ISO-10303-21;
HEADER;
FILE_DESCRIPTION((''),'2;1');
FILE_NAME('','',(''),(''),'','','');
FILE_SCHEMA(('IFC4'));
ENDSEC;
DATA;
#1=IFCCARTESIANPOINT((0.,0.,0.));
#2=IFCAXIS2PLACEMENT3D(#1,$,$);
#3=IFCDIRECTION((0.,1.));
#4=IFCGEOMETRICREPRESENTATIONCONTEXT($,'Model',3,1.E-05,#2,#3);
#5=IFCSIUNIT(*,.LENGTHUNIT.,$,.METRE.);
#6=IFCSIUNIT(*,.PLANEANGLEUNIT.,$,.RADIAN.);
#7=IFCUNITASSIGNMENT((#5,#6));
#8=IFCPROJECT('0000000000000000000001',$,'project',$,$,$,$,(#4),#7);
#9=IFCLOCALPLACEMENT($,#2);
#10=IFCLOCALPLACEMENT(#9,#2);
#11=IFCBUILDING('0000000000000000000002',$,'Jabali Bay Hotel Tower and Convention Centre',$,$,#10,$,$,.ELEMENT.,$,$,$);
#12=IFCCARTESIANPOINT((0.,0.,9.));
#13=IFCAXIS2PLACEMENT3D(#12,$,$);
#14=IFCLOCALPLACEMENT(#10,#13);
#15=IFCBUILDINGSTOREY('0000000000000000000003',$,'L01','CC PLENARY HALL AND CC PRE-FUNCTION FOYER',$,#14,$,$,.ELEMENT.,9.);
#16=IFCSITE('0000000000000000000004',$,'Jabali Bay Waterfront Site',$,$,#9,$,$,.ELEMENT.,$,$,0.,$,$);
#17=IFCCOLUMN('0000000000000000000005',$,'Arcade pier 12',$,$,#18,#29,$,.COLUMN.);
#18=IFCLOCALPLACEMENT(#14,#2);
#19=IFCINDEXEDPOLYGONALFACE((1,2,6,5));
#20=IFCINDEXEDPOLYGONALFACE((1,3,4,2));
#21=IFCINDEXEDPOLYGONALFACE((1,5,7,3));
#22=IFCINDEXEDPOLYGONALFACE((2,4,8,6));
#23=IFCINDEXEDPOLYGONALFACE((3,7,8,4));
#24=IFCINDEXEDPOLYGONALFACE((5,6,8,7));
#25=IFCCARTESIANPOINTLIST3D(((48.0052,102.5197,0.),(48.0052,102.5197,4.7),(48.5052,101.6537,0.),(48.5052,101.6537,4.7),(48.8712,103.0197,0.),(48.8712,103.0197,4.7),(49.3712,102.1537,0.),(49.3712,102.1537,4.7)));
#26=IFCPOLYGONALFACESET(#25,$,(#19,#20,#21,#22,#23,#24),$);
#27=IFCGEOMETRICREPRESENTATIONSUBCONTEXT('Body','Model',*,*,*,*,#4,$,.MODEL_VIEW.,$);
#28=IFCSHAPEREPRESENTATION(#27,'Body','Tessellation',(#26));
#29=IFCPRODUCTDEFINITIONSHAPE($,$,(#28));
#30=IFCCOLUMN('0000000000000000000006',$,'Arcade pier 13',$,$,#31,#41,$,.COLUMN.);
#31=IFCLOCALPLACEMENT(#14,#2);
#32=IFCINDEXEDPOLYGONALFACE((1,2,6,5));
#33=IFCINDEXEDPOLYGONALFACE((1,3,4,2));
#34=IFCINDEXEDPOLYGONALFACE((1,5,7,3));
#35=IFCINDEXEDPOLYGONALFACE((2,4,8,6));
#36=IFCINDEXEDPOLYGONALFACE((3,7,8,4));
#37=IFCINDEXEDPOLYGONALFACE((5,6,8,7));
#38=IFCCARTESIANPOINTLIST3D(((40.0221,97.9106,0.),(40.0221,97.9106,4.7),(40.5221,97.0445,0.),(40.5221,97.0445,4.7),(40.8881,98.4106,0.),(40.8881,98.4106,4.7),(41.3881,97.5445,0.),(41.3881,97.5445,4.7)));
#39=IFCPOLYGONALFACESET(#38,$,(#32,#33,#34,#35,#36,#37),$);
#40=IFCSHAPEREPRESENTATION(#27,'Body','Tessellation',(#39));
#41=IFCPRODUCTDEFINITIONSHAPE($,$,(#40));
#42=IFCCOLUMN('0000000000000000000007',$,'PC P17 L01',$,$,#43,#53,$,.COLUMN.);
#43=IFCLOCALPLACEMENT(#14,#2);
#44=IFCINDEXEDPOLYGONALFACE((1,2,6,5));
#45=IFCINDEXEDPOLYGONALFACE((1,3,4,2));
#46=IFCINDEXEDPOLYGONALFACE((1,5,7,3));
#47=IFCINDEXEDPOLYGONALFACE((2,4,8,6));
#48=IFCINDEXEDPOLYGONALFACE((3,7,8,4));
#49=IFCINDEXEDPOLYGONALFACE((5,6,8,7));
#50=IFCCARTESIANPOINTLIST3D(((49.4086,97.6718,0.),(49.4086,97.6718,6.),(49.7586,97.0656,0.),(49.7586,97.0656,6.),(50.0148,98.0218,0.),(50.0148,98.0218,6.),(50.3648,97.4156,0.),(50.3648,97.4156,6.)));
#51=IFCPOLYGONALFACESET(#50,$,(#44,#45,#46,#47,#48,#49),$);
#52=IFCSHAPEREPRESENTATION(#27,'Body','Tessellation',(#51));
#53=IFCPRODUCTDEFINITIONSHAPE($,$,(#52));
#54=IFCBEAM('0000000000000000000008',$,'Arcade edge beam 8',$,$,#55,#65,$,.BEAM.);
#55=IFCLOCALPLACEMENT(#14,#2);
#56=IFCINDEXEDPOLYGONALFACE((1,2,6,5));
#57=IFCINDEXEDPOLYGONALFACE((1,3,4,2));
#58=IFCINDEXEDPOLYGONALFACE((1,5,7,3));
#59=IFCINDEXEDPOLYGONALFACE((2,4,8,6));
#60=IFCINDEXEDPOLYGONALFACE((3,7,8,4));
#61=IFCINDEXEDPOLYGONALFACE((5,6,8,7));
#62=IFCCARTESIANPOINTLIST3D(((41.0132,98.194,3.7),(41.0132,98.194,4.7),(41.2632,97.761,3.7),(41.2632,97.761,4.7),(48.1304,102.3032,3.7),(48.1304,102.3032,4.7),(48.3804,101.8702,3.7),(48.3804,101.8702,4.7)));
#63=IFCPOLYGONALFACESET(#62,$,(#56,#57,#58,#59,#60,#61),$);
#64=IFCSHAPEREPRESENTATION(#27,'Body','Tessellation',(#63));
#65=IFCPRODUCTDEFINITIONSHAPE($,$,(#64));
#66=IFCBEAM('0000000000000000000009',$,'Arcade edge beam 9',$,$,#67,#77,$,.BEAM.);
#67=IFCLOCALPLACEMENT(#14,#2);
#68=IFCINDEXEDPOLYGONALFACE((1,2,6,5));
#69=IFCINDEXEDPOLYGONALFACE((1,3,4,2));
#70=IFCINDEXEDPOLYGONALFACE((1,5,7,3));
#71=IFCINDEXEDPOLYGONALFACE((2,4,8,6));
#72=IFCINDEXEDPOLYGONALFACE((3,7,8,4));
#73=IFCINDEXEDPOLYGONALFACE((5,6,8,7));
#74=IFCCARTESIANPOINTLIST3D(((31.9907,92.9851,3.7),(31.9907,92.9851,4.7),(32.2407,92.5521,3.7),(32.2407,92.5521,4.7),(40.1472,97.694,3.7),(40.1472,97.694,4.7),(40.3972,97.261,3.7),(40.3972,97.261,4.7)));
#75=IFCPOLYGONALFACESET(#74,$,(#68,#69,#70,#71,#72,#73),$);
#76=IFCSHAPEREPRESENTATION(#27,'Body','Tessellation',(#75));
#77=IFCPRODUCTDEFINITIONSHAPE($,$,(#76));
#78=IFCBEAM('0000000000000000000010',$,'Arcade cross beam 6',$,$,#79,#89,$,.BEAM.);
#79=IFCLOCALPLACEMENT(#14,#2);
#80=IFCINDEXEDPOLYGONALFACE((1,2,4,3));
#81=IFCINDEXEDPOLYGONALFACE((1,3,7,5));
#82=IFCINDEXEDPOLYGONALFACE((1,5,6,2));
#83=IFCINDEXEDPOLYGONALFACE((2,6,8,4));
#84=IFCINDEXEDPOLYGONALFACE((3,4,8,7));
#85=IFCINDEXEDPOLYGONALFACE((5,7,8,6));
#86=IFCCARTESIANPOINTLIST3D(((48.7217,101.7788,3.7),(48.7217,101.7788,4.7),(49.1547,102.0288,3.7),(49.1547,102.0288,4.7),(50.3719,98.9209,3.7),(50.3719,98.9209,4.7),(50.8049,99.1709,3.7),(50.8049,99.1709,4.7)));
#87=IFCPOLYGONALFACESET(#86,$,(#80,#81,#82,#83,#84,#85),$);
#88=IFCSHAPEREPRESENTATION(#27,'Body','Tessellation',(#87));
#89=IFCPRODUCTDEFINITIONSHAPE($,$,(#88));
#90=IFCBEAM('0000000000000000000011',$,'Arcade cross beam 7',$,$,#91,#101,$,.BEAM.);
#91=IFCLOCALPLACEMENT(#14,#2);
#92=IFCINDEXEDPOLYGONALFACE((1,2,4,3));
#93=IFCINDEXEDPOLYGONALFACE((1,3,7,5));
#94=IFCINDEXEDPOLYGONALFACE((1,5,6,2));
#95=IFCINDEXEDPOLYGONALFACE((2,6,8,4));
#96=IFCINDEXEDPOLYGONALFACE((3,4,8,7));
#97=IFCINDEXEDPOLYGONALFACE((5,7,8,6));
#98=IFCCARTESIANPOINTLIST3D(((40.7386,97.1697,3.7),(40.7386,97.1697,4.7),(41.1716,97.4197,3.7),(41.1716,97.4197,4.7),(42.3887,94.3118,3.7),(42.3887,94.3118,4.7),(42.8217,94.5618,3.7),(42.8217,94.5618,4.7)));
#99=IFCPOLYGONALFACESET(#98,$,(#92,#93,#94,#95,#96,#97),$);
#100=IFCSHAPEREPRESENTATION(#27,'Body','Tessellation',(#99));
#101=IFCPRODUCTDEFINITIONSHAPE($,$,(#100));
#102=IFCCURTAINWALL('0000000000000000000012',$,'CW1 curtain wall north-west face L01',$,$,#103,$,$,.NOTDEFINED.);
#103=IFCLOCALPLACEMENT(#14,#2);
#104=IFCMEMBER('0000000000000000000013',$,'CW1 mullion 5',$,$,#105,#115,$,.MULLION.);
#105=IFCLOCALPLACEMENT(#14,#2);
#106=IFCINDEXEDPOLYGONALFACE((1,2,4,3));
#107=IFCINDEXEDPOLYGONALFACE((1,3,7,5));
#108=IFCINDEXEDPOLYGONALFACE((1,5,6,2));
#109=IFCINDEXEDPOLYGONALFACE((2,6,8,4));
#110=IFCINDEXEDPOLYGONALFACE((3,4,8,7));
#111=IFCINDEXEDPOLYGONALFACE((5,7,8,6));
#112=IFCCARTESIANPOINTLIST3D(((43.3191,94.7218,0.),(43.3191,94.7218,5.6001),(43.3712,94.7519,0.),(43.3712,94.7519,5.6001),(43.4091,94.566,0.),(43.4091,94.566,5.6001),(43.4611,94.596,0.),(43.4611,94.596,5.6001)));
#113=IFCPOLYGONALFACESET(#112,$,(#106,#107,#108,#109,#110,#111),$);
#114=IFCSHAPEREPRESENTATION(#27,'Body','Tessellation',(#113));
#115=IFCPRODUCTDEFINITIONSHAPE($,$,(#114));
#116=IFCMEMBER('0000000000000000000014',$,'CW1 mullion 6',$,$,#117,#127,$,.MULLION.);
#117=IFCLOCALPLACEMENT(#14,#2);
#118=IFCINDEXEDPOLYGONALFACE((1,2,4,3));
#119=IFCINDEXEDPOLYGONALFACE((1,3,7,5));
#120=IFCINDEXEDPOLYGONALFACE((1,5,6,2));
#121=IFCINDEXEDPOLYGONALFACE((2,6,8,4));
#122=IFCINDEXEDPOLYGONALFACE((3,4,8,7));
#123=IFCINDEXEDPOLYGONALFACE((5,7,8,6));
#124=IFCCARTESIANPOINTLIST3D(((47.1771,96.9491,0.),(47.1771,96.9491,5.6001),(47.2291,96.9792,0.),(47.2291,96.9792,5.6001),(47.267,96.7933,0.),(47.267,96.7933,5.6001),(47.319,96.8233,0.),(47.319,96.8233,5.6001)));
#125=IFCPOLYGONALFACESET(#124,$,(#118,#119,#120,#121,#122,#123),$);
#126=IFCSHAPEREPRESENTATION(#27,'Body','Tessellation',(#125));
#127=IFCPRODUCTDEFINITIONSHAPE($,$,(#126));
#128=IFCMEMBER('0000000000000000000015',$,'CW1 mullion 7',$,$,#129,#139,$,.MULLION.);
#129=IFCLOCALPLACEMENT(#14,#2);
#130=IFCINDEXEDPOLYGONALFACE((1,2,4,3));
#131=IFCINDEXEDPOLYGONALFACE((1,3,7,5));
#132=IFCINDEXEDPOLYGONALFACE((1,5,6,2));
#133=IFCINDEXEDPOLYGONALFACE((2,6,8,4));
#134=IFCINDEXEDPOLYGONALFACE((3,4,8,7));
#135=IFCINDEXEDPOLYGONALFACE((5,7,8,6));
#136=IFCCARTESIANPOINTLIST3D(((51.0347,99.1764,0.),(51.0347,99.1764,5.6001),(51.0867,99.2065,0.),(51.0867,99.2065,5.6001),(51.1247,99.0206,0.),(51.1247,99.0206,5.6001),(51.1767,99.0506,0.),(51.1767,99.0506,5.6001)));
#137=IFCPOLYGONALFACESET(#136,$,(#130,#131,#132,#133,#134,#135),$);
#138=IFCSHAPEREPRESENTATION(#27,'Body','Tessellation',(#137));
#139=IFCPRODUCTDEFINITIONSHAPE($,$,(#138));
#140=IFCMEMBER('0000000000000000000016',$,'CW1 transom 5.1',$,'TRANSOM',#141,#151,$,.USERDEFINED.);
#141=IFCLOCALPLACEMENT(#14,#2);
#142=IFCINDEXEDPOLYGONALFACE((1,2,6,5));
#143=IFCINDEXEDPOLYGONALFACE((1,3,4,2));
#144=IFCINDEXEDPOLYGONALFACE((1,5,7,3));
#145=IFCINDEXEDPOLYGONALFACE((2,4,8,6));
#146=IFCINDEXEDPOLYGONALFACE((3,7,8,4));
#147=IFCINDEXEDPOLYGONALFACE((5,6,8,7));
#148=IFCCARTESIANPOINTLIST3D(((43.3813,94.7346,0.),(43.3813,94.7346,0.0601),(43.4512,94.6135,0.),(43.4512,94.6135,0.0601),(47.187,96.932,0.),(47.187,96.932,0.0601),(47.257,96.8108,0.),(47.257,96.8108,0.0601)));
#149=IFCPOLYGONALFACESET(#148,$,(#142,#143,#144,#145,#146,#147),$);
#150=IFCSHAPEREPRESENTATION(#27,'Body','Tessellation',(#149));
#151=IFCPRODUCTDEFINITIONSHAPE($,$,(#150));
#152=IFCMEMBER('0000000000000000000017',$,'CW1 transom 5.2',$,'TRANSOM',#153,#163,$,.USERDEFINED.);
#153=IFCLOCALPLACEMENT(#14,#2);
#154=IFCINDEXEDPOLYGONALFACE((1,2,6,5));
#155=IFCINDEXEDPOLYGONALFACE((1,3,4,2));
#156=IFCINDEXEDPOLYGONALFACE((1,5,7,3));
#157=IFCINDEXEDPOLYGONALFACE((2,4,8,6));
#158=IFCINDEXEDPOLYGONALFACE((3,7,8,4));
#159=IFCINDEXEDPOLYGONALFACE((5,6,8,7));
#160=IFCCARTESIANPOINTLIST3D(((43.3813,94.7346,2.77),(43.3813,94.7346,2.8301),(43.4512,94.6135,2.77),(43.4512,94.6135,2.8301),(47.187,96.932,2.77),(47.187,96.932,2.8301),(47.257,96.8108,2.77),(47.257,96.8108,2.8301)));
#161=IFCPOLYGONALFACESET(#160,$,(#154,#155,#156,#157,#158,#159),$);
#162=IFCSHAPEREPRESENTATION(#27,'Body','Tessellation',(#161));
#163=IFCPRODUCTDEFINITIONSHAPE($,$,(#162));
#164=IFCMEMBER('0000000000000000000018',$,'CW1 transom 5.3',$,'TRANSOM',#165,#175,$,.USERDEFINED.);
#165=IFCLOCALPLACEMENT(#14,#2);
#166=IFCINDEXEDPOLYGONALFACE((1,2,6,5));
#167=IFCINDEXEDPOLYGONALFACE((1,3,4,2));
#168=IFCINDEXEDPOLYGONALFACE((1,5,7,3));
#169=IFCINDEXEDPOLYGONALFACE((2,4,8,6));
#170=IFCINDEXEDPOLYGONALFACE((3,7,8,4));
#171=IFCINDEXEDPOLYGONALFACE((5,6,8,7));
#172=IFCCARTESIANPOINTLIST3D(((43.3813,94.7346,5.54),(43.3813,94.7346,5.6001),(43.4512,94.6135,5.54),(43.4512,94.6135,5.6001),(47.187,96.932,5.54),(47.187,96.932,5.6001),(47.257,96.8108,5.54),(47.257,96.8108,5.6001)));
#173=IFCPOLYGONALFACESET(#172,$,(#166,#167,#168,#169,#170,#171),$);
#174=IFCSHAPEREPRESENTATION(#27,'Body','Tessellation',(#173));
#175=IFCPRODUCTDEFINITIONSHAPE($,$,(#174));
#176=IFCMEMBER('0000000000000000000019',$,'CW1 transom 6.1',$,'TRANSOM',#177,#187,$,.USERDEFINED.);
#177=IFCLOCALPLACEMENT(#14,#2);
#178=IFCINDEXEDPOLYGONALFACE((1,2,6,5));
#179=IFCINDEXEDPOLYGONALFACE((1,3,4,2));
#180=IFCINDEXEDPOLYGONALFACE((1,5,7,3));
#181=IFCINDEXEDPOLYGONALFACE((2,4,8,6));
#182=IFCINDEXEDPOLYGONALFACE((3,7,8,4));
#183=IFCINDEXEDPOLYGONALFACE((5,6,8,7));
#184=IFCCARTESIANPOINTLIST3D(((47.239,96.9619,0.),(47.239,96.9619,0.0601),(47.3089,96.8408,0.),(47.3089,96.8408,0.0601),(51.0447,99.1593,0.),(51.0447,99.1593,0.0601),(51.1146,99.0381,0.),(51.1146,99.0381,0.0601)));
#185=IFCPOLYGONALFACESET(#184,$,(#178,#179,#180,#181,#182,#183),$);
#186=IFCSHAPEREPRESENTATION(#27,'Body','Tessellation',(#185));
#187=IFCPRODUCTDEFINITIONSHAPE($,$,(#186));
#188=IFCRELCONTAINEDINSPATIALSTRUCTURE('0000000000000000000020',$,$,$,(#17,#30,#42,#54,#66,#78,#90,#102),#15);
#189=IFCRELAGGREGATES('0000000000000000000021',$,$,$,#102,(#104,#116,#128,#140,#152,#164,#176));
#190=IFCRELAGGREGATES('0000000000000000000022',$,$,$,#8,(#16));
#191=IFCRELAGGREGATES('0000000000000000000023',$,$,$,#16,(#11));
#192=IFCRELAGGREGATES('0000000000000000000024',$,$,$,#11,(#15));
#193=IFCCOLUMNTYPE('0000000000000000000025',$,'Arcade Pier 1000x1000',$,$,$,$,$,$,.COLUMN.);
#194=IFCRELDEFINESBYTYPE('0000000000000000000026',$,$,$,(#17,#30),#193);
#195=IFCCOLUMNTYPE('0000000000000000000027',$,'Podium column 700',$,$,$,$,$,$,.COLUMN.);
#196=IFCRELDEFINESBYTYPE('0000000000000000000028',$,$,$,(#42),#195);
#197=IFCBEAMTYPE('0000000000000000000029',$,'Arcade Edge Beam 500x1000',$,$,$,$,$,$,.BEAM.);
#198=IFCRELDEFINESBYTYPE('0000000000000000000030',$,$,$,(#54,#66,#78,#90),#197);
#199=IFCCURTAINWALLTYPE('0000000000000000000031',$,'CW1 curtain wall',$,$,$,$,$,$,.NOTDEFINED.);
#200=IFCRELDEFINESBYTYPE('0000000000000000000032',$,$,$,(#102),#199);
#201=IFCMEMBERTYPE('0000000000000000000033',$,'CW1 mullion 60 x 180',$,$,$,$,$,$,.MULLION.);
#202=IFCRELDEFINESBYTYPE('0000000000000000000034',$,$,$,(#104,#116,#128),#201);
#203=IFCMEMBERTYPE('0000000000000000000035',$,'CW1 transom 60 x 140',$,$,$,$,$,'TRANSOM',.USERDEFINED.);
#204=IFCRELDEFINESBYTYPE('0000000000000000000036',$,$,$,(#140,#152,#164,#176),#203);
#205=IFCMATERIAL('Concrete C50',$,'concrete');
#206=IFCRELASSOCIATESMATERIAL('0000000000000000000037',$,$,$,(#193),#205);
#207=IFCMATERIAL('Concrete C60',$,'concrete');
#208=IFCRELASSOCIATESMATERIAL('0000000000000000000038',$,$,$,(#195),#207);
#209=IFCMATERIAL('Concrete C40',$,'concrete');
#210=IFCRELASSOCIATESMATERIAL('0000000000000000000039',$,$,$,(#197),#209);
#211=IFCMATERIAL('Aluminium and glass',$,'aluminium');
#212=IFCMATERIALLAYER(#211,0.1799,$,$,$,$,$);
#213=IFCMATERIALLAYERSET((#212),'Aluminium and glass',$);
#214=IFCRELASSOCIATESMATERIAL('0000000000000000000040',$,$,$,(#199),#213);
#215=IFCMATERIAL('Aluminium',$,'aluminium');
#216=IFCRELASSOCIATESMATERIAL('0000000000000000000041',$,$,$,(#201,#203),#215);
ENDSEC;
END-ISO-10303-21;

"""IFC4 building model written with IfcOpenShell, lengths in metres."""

from ifc_helpers import new_model, si_unit, direction, frame, origin, origin_2d, place, context, subcontext, project, spatial, rectangle, extrude, material, layer, layer_set, material_profile, profile_set, type_object, element, aggregate, save


model = new_model("IFC4")

# Units and contexts
model_context = context("Model", 3, precision=1e-05, world=origin(), true_north=direction((0.0, 1.0)))
body_context = subcontext(model_context, "Body", "Model", "MODEL_VIEW")
ifc_project = project(units=[si_unit("LENGTHUNIT", "METRE"), si_unit("PLANEANGLEUNIT", "RADIAN")], contexts=[model_context])

# Site, building, storey
site_placement = place(None, origin())
site = spatial("IfcSite", under=ifc_project, at=site_placement, Name="Jabali Bay Waterfront Site", CompositionType="ELEMENT", RefElevation=0.0)
building_placement = place(site_placement, origin())
building = spatial("IfcBuilding", under=site, at=building_placement, Name="Jabali Bay Hotel Tower and Convention Centre", CompositionType="ELEMENT")
storey_placement = place(building_placement, frame((0.0, 0.0, 9.0)))
storey = spatial("IfcBuildingStorey", under=building, at=storey_placement, Name="L01", Description="CC PLENARY HALL AND CC PRE-FUNCTION FOYER", CompositionType="ELEMENT", Elevation=9.0)

# Columns
ifc_material_1 = material(Name="Concrete C50", Category="concrete")
ifc_material_profile_1 = material_profile(ifc_material_1, rectangle(XDim=1.0, YDim=1.0, at=origin_2d()), Name="RC 1000x1000")
ifc_profile_set_1 = profile_set([ifc_material_profile_1], Name="Concrete C50")
column_type_1 = type_object("IfcColumnType", Name="Arcade Pier 1000x1000", PredefinedType="COLUMN", material=ifc_profile_set_1)
for number, where, z_axis, x_axis, name in (
    (1, (48.6882, 102.3367, 0.0), (0.0, 0.0, 1.0), (-0.866025, -0.5, 0.0), "Arcade pier 12"),
    (2, (40.7051, 97.7275, 0.0), (0.0, 0.0, 1.0), (-0.866025, -0.5, 0.0), "Arcade pier 13"),
):
    element("IfcColumn", number, at=place(storey_placement, frame(where, z_axis=z_axis, x_axis=x_axis)), inside=storey, type_object=column_type_1, Name=name, PredefinedType="COLUMN", context=body_context, shape_type="SweptSolid", body=[
        extrude(rectangle(XDim=1.0, YDim=1.0, at=origin_2d()), origin(), (0.0, 0.0, 1.0), 4.7),
    ])
ifc_material_2 = material(Name="Concrete C60", Category="concrete")
ifc_material_profile_2 = material_profile(ifc_material_2, rectangle(XDim=0.7, YDim=0.7, at=origin_2d()), Name="Podium column 700")
ifc_profile_set_2 = profile_set([ifc_material_profile_2], Name="Concrete C60")
column_type_2 = type_object("IfcColumnType", Name="Podium column 700", PredefinedType="COLUMN", material=ifc_profile_set_2)
column_placement = place(storey_placement, frame((49.8867, 97.5437, 0.0), z_axis=(0.0, 0.0, 1.0), x_axis=(0.866025, 0.5, 0.0)))
element("IfcColumn", 3, at=column_placement, inside=storey, type_object=column_type_2, Name="PC P17 L01", PredefinedType="COLUMN", context=body_context, shape_type="SweptSolid", body=[
    extrude(rectangle(XDim=0.7, YDim=0.7, at=origin_2d()), origin(), (0.0, 0.0, 1.0), 6.0),
])

# Beams
ifc_material_3 = material(Name="Concrete C40", Category="concrete")
ifc_material_profile_3 = material_profile(ifc_material_3, rectangle(XDim=0.5, YDim=1.0, at=origin_2d()), Name="RC 500x1000")
ifc_profile_set_3 = profile_set([ifc_material_profile_3], Name="Concrete C40")
beam_type = type_object("IfcBeamType", Name="Arcade Edge Beam 500x1000", PredefinedType="BEAM", material=ifc_profile_set_3)
beam_1_placement = place(storey_placement, frame((48.2554, 102.0867, 4.2), z_axis=(-0.866024, -0.500002, 0.0), x_axis=(0.500002, -0.866024, 0.0)))
element("IfcBeam", 4, at=beam_1_placement, inside=storey, type_object=beam_type, Name="Arcade edge beam 8", PredefinedType="BEAM", context=body_context, shape_type="SweptSolid", body=[
    extrude(rectangle(XDim=0.5, YDim=1.0, at=origin_2d()), origin(), (0.0, 0.0, 1.0), 8.2183),
])
beam_2_placement = place(storey_placement, frame((40.2722, 97.4775, 4.2), z_axis=(-0.866033, -0.499986, 0.0), x_axis=(0.499986, -0.866033, 0.0)))
element("IfcBeam", 5, at=beam_2_placement, inside=storey, type_object=beam_type, Name="Arcade edge beam 9", PredefinedType="BEAM", context=body_context, shape_type="SweptSolid", body=[
    extrude(rectangle(XDim=0.5, YDim=1.0, at=origin_2d()), origin(), (0.0, 0.0, 1.0), 9.4182),
])
for number, where, z_axis, x_axis, name in (
    (6, (48.9382, 101.9038, 4.2), (0.50003, -0.866008, 0.0), (0.866008, 0.50003, 0.0), "Arcade cross beam 6"),
    (7, (40.9551, 97.2947, 4.2), (0.50003, -0.866008, 0.0), (0.866008, 0.50003, 0.0), "Arcade cross beam 7"),
):
    element("IfcBeam", number, at=place(storey_placement, frame(where, z_axis=z_axis, x_axis=x_axis)), inside=storey, type_object=beam_type, Name=name, PredefinedType="BEAM", context=body_context, shape_type="SweptSolid", body=[
        extrude(rectangle(XDim=0.5, YDim=1.0, at=origin_2d()), origin(), (0.0, 0.0, 1.0), 3.3),
    ])

# Curtain wall, members
ifc_material_4 = material(Name="Aluminium and glass", Category="aluminium")
ifc_layer_1 = layer(ifc_material_4, 0.1799)
ifc_layer_set_1 = layer_set([ifc_layer_1], Name="Aluminium and glass")
curtain_wall_type = type_object("IfcCurtainWallType", Name="CW1 curtain wall", PredefinedType="NOTDEFINED", material=ifc_layer_set_1)
curtain_wall_placement = place(storey_placement, origin())
curtain_wall = element("IfcCurtainWall", 8, at=curtain_wall_placement, inside=storey, type_object=curtain_wall_type, Name="CW1 curtain wall north-west face L01", PredefinedType="NOTDEFINED")
ifc_material_5 = material(Name="Aluminium", Category="aluminium")
ifc_material_profile_4 = material_profile(ifc_material_5, rectangle(XDim=0.1799, YDim=0.0601, at=origin_2d()), Name="CW1 mullion 60 x 180")
ifc_profile_set_4 = profile_set([ifc_material_profile_4], Name="Aluminium")
member_type_1 = type_object("IfcMemberType", Name="CW1 mullion 60 x 180", PredefinedType="MULLION", material=ifc_profile_set_4)
member_1_placement = place(storey_placement, frame((43.3901, 94.6589, 0.0), z_axis=(0.0, 0.0, 1.0), x_axis=(-0.5, 0.866025, 0.0)))
member_1 = element("IfcMember", 9, at=member_1_placement, type_object=member_type_1, Name="CW1 mullion 5", PredefinedType="MULLION", context=body_context, shape_type="SweptSolid", body=[
    extrude(rectangle(XDim=0.1799, YDim=0.0601, at=origin_2d()), origin(), (0.0, 0.0, 1.0), 5.6001),
])
member_2_placement = place(storey_placement, frame((47.248, 96.8862, 0.0), z_axis=(0.0, 0.0, 1.0), x_axis=(-0.5, 0.866025, 0.0)))
member_2 = element("IfcMember", 10, at=member_2_placement, type_object=member_type_1, Name="CW1 mullion 6", PredefinedType="MULLION", context=body_context, shape_type="SweptSolid", body=[
    extrude(rectangle(XDim=0.1799, YDim=0.0601, at=origin_2d()), origin(), (0.0, 0.0, 1.0), 5.6001),
])
member_3_placement = place(storey_placement, frame((51.1057, 99.1135, 0.0), z_axis=(0.0, 0.0, 1.0), x_axis=(-0.5, 0.866025, 0.0)))
member_3 = element("IfcMember", 11, at=member_3_placement, type_object=member_type_1, Name="CW1 mullion 7", PredefinedType="MULLION", context=body_context, shape_type="SweptSolid", body=[
    extrude(rectangle(XDim=0.1799, YDim=0.0601, at=origin_2d()), origin(), (0.0, 0.0, 1.0), 5.6001),
])
ifc_material_profile_5 = material_profile(ifc_material_5, rectangle(XDim=0.1399, YDim=0.0601, at=origin_2d()), Name="CW1 transom 60 x 140")
ifc_profile_set_5 = profile_set([ifc_material_profile_5], Name="Aluminium")
member_type_2 = type_object("IfcMemberType", Name="CW1 transom 60 x 140", ElementType="TRANSOM", PredefinedType="USERDEFINED", material=ifc_profile_set_5)
member_4_placement = place(storey_placement, frame((43.4163, 94.6741, 0.03), z_axis=(0.866019, 0.500011, 0.0), x_axis=(-0.500011, 0.866019, 0.0)))
member_4 = element("IfcMember", 12, at=member_4_placement, type_object=member_type_2, Name="CW1 transom 5.1", ObjectType="TRANSOM", PredefinedType="USERDEFINED", context=body_context, shape_type="SweptSolid", body=[
    extrude(rectangle(XDim=0.1399, YDim=0.0601, at=origin_2d()), origin(), (0.0, 0.0, 1.0), 4.3945),
])
member_5_placement = place(storey_placement, frame((43.4163, 94.6741, 2.8), z_axis=(0.866019, 0.500011, 0.0), x_axis=(-0.500011, 0.866019, 0.0)))
member_5 = element("IfcMember", 13, at=member_5_placement, type_object=member_type_2, Name="CW1 transom 5.2", ObjectType="TRANSOM", PredefinedType="USERDEFINED", context=body_context, shape_type="SweptSolid", body=[
    extrude(rectangle(XDim=0.1399, YDim=0.0601, at=origin_2d()), origin(), (0.0, 0.0, 1.0), 4.3945),
])
member_6_placement = place(storey_placement, frame((43.4163, 94.6741, 5.5701), z_axis=(0.866019, 0.500011, 0.0), x_axis=(-0.500011, 0.866019, 0.0)))
member_6 = element("IfcMember", 14, at=member_6_placement, type_object=member_type_2, Name="CW1 transom 5.3", ObjectType="TRANSOM", PredefinedType="USERDEFINED", context=body_context, shape_type="SweptSolid", body=[
    extrude(rectangle(XDim=0.1399, YDim=0.0601, at=origin_2d()), origin(), (0.0, 0.0, 1.0), 4.3945),
])
member_7_placement = place(storey_placement, frame((47.2739, 96.9014, 0.03), z_axis=(0.866019, 0.500011, 0.0), x_axis=(-0.500011, 0.866019, 0.0)))
member_7 = element("IfcMember", 15, at=member_7_placement, type_object=member_type_2, Name="CW1 transom 6.1", ObjectType="TRANSOM", PredefinedType="USERDEFINED", context=body_context, shape_type="SweptSolid", body=[
    extrude(rectangle(XDim=0.1399, YDim=0.0601, at=origin_2d()), origin(), (0.0, 0.0, 1.0), 4.3945),
])
aggregate(curtain_wall, [member_1, member_2, member_3, member_4, member_5, member_6, member_7])

save(model, "model.ifc")
